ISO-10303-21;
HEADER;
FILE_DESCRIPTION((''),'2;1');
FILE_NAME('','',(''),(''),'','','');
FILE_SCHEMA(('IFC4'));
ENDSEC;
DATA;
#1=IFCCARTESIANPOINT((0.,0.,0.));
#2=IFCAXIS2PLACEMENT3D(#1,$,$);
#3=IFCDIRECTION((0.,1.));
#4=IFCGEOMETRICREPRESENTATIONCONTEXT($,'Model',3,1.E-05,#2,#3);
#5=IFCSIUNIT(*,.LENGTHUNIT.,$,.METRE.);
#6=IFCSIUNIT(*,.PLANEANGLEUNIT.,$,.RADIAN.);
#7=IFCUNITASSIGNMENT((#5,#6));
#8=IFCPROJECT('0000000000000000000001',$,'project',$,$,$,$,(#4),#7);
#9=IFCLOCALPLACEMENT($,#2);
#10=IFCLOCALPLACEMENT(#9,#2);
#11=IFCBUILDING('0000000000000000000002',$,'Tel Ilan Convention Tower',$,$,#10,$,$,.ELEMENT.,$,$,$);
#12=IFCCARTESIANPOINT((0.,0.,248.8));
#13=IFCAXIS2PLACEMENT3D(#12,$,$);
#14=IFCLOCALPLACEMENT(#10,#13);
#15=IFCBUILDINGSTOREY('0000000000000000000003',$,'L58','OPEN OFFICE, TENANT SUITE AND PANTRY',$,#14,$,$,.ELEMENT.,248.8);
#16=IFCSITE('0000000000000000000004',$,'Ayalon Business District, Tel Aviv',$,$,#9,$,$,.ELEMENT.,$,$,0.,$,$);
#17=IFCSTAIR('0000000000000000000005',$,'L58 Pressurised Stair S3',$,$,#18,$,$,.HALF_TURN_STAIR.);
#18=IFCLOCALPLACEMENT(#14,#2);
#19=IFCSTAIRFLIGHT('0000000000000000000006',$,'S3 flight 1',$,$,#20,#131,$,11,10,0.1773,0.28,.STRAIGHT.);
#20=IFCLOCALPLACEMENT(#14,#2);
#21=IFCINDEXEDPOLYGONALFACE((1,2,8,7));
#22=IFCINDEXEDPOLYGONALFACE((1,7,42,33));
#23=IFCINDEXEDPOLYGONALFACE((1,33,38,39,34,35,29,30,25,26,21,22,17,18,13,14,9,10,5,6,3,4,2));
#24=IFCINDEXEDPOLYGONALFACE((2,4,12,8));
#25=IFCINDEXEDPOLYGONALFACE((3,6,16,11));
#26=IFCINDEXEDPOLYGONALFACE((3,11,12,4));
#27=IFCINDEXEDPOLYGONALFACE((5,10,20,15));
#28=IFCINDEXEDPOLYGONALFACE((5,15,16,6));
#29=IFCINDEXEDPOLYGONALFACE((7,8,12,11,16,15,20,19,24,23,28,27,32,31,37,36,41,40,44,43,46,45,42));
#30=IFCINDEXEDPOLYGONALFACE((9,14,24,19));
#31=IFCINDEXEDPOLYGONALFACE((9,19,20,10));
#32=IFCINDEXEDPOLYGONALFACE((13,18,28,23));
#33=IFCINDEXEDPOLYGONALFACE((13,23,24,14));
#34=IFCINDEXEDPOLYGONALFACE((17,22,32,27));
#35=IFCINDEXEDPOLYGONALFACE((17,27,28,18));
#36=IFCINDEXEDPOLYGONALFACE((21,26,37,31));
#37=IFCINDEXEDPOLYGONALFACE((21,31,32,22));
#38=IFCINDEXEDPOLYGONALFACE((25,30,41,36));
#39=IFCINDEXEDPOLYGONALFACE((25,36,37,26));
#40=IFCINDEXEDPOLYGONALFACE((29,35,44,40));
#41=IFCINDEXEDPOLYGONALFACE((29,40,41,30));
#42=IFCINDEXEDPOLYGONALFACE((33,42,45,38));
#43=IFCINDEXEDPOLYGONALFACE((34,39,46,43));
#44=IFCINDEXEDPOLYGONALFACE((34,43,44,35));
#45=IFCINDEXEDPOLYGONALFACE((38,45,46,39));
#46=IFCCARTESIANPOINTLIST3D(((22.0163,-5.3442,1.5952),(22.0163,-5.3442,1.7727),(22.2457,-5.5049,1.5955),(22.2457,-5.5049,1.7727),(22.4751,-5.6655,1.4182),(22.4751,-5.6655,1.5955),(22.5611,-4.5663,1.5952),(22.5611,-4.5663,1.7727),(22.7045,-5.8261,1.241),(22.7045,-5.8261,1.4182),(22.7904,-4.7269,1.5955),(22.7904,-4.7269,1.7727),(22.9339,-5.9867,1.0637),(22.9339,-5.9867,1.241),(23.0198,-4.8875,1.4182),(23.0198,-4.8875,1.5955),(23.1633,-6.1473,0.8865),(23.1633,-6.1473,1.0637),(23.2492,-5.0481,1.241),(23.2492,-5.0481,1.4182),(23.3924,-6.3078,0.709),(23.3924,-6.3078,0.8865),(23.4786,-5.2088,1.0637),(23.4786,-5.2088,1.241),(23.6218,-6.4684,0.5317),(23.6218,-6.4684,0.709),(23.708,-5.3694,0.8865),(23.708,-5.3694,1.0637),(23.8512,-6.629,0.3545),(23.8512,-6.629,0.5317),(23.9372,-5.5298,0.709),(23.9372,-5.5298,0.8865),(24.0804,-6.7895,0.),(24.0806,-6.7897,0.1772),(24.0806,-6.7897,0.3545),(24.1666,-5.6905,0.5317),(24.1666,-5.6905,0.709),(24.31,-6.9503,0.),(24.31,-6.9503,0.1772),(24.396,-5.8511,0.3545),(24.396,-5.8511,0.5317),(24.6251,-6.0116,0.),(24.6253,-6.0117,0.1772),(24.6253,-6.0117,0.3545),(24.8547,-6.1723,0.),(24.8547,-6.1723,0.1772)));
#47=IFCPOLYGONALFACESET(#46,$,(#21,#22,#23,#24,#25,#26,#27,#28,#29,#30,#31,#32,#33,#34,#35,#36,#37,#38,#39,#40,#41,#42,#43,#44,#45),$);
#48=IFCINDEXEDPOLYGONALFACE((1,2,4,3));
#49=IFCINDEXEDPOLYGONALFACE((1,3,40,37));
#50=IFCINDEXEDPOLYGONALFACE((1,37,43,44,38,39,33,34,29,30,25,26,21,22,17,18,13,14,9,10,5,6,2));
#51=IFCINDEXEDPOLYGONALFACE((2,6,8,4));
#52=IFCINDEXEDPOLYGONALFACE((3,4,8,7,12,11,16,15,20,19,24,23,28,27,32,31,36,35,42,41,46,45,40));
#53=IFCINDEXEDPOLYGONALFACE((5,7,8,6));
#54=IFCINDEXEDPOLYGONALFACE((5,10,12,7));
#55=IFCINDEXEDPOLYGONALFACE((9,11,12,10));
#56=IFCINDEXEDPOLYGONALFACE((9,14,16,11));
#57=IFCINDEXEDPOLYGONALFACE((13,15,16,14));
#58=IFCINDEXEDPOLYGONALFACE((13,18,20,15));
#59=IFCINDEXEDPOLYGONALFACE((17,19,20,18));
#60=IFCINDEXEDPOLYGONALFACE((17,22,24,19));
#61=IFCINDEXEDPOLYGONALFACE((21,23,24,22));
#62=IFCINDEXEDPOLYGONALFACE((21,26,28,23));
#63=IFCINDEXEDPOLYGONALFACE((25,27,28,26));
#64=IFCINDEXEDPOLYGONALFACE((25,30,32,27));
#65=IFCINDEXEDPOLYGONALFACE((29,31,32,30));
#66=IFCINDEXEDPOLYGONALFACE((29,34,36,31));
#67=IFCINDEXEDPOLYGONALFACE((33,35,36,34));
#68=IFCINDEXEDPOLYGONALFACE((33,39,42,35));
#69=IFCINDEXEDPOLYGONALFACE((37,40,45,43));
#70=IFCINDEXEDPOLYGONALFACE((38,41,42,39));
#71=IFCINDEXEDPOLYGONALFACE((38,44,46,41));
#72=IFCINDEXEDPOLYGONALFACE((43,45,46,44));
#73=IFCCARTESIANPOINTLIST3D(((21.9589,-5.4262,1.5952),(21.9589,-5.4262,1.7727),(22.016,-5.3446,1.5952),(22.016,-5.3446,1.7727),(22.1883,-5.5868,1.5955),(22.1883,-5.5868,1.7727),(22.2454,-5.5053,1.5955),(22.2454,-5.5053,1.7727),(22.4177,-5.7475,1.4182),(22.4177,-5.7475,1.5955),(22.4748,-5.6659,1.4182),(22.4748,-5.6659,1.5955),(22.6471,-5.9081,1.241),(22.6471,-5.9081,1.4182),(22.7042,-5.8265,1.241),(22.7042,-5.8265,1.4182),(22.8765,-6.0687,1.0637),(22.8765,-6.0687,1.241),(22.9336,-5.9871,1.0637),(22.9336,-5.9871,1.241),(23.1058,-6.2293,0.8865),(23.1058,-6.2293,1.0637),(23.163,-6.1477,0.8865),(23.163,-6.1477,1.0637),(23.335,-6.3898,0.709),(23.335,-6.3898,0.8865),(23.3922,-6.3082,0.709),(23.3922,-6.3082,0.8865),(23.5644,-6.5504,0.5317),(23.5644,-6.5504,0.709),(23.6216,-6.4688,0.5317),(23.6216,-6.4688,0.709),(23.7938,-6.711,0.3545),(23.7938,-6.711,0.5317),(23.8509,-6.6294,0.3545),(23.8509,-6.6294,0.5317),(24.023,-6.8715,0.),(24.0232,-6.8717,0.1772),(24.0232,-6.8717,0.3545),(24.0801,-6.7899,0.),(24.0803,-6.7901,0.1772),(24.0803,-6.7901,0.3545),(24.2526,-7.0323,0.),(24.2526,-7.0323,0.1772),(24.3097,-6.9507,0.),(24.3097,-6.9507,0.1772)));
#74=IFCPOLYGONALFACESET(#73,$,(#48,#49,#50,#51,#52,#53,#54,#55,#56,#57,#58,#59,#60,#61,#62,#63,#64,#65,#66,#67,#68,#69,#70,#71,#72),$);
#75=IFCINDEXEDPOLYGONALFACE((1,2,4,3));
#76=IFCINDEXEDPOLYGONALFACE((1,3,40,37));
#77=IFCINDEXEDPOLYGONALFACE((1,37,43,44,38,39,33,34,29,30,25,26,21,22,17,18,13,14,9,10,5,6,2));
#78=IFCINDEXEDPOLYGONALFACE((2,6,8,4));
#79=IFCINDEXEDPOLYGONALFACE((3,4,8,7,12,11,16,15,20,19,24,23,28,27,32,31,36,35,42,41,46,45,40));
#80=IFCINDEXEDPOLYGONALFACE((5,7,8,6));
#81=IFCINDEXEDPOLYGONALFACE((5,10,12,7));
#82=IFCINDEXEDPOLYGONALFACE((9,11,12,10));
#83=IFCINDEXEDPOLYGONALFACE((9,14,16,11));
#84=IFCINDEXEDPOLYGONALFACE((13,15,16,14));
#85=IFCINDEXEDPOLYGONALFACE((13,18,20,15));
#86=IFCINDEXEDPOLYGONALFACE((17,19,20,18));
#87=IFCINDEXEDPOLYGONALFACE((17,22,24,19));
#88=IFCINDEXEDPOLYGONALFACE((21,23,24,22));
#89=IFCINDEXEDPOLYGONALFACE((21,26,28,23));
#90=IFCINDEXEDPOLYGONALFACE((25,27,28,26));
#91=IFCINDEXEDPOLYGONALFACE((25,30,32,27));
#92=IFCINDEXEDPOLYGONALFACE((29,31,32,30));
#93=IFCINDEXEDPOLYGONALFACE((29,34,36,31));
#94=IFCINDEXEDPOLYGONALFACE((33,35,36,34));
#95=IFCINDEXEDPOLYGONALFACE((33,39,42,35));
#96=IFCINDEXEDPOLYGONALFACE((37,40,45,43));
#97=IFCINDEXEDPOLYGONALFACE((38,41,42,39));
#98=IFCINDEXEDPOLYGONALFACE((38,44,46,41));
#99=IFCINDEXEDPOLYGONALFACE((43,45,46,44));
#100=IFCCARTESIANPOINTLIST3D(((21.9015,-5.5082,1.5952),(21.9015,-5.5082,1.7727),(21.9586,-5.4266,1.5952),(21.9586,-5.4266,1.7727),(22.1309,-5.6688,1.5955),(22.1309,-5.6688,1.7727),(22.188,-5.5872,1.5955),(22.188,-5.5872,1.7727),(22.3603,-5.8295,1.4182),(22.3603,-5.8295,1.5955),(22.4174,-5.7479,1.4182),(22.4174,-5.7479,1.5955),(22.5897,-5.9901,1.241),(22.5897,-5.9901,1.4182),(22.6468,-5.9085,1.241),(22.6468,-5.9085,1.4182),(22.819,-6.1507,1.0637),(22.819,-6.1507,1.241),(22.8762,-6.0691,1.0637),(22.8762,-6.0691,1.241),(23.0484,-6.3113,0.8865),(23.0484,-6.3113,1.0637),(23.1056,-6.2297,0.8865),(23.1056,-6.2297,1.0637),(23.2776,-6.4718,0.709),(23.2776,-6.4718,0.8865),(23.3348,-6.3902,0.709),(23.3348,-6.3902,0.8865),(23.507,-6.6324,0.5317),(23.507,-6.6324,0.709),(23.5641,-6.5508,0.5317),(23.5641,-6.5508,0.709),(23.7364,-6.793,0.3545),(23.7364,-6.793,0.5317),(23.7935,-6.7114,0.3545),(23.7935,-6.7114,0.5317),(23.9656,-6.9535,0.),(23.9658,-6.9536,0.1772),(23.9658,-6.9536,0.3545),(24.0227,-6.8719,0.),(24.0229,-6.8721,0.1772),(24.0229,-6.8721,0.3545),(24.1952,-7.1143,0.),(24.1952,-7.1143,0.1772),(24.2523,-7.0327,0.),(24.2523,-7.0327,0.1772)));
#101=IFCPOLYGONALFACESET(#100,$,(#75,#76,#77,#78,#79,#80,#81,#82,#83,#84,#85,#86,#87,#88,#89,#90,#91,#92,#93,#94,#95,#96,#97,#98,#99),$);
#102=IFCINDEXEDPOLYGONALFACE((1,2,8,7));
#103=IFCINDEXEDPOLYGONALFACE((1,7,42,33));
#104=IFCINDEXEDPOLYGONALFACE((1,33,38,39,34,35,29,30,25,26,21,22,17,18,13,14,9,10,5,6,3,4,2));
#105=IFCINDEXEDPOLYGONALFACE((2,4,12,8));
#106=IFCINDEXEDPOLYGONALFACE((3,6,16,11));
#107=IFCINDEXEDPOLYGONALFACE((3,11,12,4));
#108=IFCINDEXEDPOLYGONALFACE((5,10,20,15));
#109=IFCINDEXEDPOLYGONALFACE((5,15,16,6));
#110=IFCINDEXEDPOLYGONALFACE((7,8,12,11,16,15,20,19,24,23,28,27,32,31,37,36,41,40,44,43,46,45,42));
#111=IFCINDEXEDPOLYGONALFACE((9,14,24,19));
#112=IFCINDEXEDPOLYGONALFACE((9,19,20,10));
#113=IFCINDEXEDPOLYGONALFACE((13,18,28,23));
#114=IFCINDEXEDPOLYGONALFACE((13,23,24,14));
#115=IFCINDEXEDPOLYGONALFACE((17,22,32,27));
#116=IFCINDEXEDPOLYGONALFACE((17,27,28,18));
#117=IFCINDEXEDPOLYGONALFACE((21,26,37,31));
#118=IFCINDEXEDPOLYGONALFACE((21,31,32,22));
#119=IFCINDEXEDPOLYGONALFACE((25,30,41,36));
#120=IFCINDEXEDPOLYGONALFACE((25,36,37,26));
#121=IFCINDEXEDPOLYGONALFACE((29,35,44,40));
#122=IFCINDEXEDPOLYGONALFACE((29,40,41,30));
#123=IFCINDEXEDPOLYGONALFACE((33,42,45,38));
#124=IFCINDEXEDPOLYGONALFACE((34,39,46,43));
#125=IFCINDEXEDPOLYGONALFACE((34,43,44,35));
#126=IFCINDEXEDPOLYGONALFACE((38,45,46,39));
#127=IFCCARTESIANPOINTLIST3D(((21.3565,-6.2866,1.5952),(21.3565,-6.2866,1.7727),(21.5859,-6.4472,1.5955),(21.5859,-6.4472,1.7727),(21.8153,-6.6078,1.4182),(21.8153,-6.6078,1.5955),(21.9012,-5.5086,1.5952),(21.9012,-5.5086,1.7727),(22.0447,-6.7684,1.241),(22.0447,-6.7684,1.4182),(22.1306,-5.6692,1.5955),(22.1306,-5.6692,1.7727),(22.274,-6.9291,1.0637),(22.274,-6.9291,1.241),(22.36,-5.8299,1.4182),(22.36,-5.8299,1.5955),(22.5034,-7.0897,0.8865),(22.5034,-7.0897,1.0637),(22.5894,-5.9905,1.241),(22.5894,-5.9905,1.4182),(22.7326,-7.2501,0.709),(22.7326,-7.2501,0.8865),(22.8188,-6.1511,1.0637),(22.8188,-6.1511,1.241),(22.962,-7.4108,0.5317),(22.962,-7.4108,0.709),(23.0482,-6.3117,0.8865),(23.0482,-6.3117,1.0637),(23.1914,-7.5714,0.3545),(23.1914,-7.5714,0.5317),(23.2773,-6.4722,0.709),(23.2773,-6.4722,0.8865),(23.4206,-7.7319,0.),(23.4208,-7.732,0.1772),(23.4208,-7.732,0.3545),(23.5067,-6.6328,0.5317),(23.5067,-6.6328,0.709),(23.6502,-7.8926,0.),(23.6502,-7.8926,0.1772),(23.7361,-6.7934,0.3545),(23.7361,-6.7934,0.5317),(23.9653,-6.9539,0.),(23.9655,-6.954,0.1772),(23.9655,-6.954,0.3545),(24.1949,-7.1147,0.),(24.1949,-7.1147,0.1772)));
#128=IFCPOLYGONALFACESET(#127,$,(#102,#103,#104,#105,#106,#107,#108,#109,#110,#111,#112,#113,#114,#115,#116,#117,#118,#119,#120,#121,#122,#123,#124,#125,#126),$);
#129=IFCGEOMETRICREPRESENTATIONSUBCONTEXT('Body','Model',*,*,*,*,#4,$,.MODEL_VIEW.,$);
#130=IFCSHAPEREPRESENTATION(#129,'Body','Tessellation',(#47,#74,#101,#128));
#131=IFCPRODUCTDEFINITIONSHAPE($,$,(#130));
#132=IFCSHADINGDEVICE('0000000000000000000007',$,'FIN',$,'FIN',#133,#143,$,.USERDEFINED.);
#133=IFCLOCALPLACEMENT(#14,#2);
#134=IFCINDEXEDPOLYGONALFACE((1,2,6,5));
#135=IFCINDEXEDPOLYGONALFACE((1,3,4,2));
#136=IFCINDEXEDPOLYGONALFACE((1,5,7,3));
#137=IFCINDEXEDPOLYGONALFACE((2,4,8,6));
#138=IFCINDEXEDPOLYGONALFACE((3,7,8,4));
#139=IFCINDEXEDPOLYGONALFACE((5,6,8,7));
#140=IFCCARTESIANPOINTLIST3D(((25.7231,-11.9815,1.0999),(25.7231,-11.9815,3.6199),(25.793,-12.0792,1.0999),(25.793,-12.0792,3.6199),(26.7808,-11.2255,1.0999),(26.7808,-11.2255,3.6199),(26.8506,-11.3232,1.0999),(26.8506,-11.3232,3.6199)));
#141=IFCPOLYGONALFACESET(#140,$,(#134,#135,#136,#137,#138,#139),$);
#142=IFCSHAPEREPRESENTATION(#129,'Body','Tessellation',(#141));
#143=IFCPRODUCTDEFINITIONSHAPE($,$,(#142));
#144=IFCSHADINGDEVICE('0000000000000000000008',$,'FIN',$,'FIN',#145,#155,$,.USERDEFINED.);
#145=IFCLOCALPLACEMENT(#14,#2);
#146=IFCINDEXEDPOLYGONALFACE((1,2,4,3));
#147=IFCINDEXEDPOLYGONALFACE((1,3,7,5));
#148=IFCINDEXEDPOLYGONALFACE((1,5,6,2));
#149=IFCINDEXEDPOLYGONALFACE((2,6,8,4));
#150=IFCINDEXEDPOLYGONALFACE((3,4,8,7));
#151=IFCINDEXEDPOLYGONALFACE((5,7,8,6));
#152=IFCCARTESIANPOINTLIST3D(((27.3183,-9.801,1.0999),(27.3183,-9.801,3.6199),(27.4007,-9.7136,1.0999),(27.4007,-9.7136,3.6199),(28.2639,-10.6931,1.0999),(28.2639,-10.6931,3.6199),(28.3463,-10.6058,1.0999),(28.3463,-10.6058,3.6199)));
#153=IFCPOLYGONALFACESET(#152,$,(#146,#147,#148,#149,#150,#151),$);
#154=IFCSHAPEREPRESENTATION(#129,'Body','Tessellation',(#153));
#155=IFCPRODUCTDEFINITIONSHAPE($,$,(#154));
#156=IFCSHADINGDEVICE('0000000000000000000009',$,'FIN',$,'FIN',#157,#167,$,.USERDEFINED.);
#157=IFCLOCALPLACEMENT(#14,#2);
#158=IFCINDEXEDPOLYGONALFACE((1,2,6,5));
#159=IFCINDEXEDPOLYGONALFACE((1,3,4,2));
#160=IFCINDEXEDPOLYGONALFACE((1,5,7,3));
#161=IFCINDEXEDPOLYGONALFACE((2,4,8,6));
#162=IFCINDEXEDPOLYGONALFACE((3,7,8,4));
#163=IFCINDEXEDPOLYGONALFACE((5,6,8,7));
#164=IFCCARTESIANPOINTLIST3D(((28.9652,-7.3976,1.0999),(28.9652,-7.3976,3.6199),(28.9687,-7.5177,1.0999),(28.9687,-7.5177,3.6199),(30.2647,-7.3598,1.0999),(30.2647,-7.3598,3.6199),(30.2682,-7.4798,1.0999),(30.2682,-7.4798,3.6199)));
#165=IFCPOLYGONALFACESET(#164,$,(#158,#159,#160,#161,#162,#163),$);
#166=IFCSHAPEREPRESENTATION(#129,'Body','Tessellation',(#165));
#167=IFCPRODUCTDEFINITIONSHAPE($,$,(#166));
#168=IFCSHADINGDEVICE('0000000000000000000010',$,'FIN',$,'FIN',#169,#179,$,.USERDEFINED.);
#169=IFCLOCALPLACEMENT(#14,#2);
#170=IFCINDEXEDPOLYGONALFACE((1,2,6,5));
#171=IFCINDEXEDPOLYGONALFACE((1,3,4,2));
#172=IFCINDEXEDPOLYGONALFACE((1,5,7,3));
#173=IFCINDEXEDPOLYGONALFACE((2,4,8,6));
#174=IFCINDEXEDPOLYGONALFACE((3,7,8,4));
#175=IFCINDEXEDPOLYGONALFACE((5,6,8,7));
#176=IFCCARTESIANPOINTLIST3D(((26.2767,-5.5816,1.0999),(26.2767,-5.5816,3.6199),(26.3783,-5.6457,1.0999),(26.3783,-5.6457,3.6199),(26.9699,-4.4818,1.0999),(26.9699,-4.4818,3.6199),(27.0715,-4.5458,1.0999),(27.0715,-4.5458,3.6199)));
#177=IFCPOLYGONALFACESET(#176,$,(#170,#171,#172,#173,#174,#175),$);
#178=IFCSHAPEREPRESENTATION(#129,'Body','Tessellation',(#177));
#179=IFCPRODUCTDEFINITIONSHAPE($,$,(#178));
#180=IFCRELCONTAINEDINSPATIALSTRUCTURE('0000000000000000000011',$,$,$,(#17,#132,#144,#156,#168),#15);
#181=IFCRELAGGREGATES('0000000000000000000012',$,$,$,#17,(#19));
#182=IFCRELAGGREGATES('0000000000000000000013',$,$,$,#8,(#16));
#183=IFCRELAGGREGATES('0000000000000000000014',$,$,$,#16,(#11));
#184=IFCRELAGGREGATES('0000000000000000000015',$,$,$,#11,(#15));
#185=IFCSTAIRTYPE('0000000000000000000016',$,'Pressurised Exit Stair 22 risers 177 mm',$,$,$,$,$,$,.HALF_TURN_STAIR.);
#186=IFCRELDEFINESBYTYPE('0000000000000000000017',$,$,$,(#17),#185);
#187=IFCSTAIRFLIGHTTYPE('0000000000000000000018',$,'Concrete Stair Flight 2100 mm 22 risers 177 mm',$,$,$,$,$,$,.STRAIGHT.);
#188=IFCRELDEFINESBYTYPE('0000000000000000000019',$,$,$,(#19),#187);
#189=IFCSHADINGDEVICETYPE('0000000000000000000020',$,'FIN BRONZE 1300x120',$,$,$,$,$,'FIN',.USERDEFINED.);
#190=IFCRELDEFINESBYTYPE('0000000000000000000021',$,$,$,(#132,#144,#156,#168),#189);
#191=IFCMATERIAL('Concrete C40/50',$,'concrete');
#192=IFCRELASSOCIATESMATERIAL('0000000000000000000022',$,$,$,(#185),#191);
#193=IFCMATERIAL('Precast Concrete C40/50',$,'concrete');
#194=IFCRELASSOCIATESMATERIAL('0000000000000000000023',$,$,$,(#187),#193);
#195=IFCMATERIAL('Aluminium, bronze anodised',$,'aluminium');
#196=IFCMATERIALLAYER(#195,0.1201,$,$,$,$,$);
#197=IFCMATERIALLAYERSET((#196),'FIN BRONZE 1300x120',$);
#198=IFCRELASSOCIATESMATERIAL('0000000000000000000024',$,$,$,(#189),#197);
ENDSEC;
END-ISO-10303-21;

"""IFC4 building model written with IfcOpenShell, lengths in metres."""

from ifc_helpers import new_model, si_unit, direction, frame, origin, origin_2d, place, context, subcontext, project, spatial, polyline, rectangle, outline, extrude, material, layer, layer_set, type_object, element, aggregate, save


model = new_model("IFC4")

# Units and contexts
model_context = context("Model", 3, precision=1e-05, world=origin(), true_north=direction((0.0, 1.0)))
body_context = subcontext(model_context, "Body", "Model", "MODEL_VIEW")
ifc_project = project(units=[si_unit("LENGTHUNIT", "METRE"), si_unit("PLANEANGLEUNIT", "RADIAN")], contexts=[model_context])

# Site, building, storey
site_placement = place(None, origin())
site = spatial("IfcSite", under=ifc_project, at=site_placement, Name="Ayalon Business District, Tel Aviv", CompositionType="ELEMENT", RefElevation=0.0)
building_placement = place(site_placement, origin())
building = spatial("IfcBuilding", under=site, at=building_placement, Name="Tel Ilan Convention Tower", CompositionType="ELEMENT")
storey_placement = place(building_placement, frame((0.0, 0.0, 248.8)))
storey = spatial("IfcBuildingStorey", under=building, at=storey_placement, Name="L58", Description="OPEN OFFICE, TENANT SUITE AND PANTRY", CompositionType="ELEMENT", Elevation=248.8)

# Stair, stair flight
ifc_material_1 = material(Name="Concrete C40/50", Category="concrete")
stair_type = type_object("IfcStairType", Name="Pressurised Exit Stair 22 risers 177 mm", PredefinedType="HALF_TURN_STAIR", material=ifc_material_1)
stair_placement = place(storey_placement, origin())
stair = element("IfcStair", 1, at=stair_placement, inside=storey, type_object=stair_type, Name="L58 Pressurised Stair S3", PredefinedType="HALF_TURN_STAIR")
ifc_material_2 = material(Name="Precast Concrete C40/50", Category="concrete")
stair_flight_type = type_object("IfcStairFlightType", Name="Concrete Stair Flight 2100 mm 22 risers 177 mm", PredefinedType="STRAIGHT", material=ifc_material_2)
stair_flight_placement = place(storey_placement, frame((24.2524, -7.0325, 0.0), z_axis=(0.0, 0.0, 1.0), x_axis=(-0.819152, 0.573576, 0.0)))
stair_flight = element("IfcStairFlight", 2, at=stair_flight_placement, type_object=stair_flight_type, Name="S3 flight 1", NumberOfRisers=11, NumberOfTreads=10, PredefinedType="STRAIGHT", RiserHeight=0.1773, TreadLength=0.28, context=body_context, shape_type="SweptSolid", body=[
    extrude(outline(polyline([(0.0, 0.0), (0.0, 0.1772), (0.28, 0.1772), (0.28, 0.3545), (0.5601, 0.3545), (0.5601, 0.5317), (0.8401, 0.5317), (0.8401, 0.709), (1.1201, 0.709), (1.1201, 0.8865), (1.3999, 0.8865), (1.3999, 1.0637), (1.6799, 1.0637), (1.6799, 1.241), (1.96, 1.241), (1.96, 1.4182), (2.24, 1.4182), (2.24, 1.5955), (2.52, 1.5955), (2.52, 1.7727), (2.8, 1.7727), (2.8, 1.95), (2.8, 1.5952), (0.2803, 0.0), (0.0, 0.0)])), frame((0.0, -0.1003, 0.0), z_axis=(0.0, -1.0, 0.0), x_axis=(1.0, 0.0, 0.0)), (0.0, 0.0, 1.0), 0.9497),
    extrude(outline(polyline([(0.0, 0.0), (0.0, 0.1772), (0.28, 0.1772), (0.28, 0.3545), (0.5601, 0.3545), (0.5601, 0.5317), (0.8401, 0.5317), (0.8401, 0.709), (1.1201, 0.709), (1.1201, 0.8865), (1.3999, 0.8865), (1.3999, 1.0637), (1.6799, 1.0637), (1.6799, 1.241), (1.96, 1.241), (1.96, 1.4182), (2.24, 1.4182), (2.24, 1.5955), (2.52, 1.5955), (2.52, 1.7727), (2.8, 1.7727), (2.8, 1.95), (2.8, 1.5952), (0.2803, 0.0), (0.0, 0.0)])), frame((0.0, -0.0002, 0.0), z_axis=(0.0, -1.0, 0.0), x_axis=(1.0, 0.0, 0.0)), (0.0, 0.0, 1.0), 0.0996),
    extrude(outline(polyline([(0.0, 0.0), (0.0, 0.1772), (0.28, 0.1772), (0.28, 0.3545), (0.5601, 0.3545), (0.5601, 0.5317), (0.8401, 0.5317), (0.8401, 0.709), (1.1201, 0.709), (1.1201, 0.8865), (1.3999, 0.8865), (1.3999, 1.0637), (1.6799, 1.0637), (1.6799, 1.241), (1.96, 1.241), (1.96, 1.4182), (2.24, 1.4182), (2.24, 1.5955), (2.52, 1.5955), (2.52, 1.7727), (2.8, 1.7727), (2.8, 1.95), (2.8, 1.5952), (0.2803, 0.0), (0.0, 0.0)])), frame((0.0, 0.0999, 0.0), z_axis=(0.0, -1.0, 0.0), x_axis=(1.0, 0.0, 0.0)), (0.0, 0.0, 1.0), 0.0996),
    extrude(outline(polyline([(0.0, 0.0), (0.0, 0.1772), (0.28, 0.1772), (0.28, 0.3545), (0.5601, 0.3545), (0.5601, 0.5317), (0.8401, 0.5317), (0.8401, 0.709), (1.1201, 0.709), (1.1201, 0.8865), (1.3999, 0.8865), (1.3999, 1.0637), (1.6799, 1.0637), (1.6799, 1.241), (1.96, 1.241), (1.96, 1.4182), (2.24, 1.4182), (2.24, 1.5955), (2.52, 1.5955), (2.52, 1.7727), (2.8, 1.7727), (2.8, 1.95), (2.8, 1.5952), (0.2803, 0.0), (0.0, 0.0)])), frame((0.0, 1.05, 0.0), z_axis=(0.0, -1.0, 0.0), x_axis=(1.0, 0.0, 0.0)), (0.0, 0.0, 1.0), 0.9497),
])
aggregate(stair, [stair_flight])

# Shading devices
ifc_material_3 = material(Name="Aluminium, bronze anodised", Category="aluminium")
ifc_layer_1 = layer(ifc_material_3, 0.1201)
ifc_layer_set_1 = layer_set([ifc_layer_1], Name="FIN BRONZE 1300x120")
shading_device_type = type_object("IfcShadingDeviceType", Name="FIN BRONZE 1300x120", ElementType="FIN", PredefinedType="USERDEFINED", material=ifc_layer_set_1)
for number, where, z_axis, x_axis, name in (
    (3, (26.2869, -11.6523, 1.0999), (0.0, 0.0, 1.0), (0.813552, 0.581492, 0.0), "FIN"),
    (4, (27.8323, -10.2034, 1.0999), (0.0, 0.0, 1.0), (0.727374, -0.686242, 0.0), "FIN"),
    (5, (29.6167, -7.4387, 1.0999), (0.0, 0.0, 1.0), (0.999577, 0.029085, 0.0), "FIN"),
    (6, (26.6741, -5.0637, 1.0999), (0.0, 0.0, 1.0), (0.533204, 0.845986, 0.0), "FIN"),
):
    element("IfcShadingDevice", number, at=place(storey_placement, frame(where, z_axis=z_axis, x_axis=x_axis)), inside=storey, type_object=shading_device_type, Name=name, ObjectType="FIN", PredefinedType="USERDEFINED", context=body_context, shape_type="SweptSolid", body=[
        extrude(rectangle(XDim=1.3, YDim=0.1201, at=origin_2d()), origin(), (0.0, 0.0, 1.0), 2.52),
    ])

save(model, "model.ifc")
